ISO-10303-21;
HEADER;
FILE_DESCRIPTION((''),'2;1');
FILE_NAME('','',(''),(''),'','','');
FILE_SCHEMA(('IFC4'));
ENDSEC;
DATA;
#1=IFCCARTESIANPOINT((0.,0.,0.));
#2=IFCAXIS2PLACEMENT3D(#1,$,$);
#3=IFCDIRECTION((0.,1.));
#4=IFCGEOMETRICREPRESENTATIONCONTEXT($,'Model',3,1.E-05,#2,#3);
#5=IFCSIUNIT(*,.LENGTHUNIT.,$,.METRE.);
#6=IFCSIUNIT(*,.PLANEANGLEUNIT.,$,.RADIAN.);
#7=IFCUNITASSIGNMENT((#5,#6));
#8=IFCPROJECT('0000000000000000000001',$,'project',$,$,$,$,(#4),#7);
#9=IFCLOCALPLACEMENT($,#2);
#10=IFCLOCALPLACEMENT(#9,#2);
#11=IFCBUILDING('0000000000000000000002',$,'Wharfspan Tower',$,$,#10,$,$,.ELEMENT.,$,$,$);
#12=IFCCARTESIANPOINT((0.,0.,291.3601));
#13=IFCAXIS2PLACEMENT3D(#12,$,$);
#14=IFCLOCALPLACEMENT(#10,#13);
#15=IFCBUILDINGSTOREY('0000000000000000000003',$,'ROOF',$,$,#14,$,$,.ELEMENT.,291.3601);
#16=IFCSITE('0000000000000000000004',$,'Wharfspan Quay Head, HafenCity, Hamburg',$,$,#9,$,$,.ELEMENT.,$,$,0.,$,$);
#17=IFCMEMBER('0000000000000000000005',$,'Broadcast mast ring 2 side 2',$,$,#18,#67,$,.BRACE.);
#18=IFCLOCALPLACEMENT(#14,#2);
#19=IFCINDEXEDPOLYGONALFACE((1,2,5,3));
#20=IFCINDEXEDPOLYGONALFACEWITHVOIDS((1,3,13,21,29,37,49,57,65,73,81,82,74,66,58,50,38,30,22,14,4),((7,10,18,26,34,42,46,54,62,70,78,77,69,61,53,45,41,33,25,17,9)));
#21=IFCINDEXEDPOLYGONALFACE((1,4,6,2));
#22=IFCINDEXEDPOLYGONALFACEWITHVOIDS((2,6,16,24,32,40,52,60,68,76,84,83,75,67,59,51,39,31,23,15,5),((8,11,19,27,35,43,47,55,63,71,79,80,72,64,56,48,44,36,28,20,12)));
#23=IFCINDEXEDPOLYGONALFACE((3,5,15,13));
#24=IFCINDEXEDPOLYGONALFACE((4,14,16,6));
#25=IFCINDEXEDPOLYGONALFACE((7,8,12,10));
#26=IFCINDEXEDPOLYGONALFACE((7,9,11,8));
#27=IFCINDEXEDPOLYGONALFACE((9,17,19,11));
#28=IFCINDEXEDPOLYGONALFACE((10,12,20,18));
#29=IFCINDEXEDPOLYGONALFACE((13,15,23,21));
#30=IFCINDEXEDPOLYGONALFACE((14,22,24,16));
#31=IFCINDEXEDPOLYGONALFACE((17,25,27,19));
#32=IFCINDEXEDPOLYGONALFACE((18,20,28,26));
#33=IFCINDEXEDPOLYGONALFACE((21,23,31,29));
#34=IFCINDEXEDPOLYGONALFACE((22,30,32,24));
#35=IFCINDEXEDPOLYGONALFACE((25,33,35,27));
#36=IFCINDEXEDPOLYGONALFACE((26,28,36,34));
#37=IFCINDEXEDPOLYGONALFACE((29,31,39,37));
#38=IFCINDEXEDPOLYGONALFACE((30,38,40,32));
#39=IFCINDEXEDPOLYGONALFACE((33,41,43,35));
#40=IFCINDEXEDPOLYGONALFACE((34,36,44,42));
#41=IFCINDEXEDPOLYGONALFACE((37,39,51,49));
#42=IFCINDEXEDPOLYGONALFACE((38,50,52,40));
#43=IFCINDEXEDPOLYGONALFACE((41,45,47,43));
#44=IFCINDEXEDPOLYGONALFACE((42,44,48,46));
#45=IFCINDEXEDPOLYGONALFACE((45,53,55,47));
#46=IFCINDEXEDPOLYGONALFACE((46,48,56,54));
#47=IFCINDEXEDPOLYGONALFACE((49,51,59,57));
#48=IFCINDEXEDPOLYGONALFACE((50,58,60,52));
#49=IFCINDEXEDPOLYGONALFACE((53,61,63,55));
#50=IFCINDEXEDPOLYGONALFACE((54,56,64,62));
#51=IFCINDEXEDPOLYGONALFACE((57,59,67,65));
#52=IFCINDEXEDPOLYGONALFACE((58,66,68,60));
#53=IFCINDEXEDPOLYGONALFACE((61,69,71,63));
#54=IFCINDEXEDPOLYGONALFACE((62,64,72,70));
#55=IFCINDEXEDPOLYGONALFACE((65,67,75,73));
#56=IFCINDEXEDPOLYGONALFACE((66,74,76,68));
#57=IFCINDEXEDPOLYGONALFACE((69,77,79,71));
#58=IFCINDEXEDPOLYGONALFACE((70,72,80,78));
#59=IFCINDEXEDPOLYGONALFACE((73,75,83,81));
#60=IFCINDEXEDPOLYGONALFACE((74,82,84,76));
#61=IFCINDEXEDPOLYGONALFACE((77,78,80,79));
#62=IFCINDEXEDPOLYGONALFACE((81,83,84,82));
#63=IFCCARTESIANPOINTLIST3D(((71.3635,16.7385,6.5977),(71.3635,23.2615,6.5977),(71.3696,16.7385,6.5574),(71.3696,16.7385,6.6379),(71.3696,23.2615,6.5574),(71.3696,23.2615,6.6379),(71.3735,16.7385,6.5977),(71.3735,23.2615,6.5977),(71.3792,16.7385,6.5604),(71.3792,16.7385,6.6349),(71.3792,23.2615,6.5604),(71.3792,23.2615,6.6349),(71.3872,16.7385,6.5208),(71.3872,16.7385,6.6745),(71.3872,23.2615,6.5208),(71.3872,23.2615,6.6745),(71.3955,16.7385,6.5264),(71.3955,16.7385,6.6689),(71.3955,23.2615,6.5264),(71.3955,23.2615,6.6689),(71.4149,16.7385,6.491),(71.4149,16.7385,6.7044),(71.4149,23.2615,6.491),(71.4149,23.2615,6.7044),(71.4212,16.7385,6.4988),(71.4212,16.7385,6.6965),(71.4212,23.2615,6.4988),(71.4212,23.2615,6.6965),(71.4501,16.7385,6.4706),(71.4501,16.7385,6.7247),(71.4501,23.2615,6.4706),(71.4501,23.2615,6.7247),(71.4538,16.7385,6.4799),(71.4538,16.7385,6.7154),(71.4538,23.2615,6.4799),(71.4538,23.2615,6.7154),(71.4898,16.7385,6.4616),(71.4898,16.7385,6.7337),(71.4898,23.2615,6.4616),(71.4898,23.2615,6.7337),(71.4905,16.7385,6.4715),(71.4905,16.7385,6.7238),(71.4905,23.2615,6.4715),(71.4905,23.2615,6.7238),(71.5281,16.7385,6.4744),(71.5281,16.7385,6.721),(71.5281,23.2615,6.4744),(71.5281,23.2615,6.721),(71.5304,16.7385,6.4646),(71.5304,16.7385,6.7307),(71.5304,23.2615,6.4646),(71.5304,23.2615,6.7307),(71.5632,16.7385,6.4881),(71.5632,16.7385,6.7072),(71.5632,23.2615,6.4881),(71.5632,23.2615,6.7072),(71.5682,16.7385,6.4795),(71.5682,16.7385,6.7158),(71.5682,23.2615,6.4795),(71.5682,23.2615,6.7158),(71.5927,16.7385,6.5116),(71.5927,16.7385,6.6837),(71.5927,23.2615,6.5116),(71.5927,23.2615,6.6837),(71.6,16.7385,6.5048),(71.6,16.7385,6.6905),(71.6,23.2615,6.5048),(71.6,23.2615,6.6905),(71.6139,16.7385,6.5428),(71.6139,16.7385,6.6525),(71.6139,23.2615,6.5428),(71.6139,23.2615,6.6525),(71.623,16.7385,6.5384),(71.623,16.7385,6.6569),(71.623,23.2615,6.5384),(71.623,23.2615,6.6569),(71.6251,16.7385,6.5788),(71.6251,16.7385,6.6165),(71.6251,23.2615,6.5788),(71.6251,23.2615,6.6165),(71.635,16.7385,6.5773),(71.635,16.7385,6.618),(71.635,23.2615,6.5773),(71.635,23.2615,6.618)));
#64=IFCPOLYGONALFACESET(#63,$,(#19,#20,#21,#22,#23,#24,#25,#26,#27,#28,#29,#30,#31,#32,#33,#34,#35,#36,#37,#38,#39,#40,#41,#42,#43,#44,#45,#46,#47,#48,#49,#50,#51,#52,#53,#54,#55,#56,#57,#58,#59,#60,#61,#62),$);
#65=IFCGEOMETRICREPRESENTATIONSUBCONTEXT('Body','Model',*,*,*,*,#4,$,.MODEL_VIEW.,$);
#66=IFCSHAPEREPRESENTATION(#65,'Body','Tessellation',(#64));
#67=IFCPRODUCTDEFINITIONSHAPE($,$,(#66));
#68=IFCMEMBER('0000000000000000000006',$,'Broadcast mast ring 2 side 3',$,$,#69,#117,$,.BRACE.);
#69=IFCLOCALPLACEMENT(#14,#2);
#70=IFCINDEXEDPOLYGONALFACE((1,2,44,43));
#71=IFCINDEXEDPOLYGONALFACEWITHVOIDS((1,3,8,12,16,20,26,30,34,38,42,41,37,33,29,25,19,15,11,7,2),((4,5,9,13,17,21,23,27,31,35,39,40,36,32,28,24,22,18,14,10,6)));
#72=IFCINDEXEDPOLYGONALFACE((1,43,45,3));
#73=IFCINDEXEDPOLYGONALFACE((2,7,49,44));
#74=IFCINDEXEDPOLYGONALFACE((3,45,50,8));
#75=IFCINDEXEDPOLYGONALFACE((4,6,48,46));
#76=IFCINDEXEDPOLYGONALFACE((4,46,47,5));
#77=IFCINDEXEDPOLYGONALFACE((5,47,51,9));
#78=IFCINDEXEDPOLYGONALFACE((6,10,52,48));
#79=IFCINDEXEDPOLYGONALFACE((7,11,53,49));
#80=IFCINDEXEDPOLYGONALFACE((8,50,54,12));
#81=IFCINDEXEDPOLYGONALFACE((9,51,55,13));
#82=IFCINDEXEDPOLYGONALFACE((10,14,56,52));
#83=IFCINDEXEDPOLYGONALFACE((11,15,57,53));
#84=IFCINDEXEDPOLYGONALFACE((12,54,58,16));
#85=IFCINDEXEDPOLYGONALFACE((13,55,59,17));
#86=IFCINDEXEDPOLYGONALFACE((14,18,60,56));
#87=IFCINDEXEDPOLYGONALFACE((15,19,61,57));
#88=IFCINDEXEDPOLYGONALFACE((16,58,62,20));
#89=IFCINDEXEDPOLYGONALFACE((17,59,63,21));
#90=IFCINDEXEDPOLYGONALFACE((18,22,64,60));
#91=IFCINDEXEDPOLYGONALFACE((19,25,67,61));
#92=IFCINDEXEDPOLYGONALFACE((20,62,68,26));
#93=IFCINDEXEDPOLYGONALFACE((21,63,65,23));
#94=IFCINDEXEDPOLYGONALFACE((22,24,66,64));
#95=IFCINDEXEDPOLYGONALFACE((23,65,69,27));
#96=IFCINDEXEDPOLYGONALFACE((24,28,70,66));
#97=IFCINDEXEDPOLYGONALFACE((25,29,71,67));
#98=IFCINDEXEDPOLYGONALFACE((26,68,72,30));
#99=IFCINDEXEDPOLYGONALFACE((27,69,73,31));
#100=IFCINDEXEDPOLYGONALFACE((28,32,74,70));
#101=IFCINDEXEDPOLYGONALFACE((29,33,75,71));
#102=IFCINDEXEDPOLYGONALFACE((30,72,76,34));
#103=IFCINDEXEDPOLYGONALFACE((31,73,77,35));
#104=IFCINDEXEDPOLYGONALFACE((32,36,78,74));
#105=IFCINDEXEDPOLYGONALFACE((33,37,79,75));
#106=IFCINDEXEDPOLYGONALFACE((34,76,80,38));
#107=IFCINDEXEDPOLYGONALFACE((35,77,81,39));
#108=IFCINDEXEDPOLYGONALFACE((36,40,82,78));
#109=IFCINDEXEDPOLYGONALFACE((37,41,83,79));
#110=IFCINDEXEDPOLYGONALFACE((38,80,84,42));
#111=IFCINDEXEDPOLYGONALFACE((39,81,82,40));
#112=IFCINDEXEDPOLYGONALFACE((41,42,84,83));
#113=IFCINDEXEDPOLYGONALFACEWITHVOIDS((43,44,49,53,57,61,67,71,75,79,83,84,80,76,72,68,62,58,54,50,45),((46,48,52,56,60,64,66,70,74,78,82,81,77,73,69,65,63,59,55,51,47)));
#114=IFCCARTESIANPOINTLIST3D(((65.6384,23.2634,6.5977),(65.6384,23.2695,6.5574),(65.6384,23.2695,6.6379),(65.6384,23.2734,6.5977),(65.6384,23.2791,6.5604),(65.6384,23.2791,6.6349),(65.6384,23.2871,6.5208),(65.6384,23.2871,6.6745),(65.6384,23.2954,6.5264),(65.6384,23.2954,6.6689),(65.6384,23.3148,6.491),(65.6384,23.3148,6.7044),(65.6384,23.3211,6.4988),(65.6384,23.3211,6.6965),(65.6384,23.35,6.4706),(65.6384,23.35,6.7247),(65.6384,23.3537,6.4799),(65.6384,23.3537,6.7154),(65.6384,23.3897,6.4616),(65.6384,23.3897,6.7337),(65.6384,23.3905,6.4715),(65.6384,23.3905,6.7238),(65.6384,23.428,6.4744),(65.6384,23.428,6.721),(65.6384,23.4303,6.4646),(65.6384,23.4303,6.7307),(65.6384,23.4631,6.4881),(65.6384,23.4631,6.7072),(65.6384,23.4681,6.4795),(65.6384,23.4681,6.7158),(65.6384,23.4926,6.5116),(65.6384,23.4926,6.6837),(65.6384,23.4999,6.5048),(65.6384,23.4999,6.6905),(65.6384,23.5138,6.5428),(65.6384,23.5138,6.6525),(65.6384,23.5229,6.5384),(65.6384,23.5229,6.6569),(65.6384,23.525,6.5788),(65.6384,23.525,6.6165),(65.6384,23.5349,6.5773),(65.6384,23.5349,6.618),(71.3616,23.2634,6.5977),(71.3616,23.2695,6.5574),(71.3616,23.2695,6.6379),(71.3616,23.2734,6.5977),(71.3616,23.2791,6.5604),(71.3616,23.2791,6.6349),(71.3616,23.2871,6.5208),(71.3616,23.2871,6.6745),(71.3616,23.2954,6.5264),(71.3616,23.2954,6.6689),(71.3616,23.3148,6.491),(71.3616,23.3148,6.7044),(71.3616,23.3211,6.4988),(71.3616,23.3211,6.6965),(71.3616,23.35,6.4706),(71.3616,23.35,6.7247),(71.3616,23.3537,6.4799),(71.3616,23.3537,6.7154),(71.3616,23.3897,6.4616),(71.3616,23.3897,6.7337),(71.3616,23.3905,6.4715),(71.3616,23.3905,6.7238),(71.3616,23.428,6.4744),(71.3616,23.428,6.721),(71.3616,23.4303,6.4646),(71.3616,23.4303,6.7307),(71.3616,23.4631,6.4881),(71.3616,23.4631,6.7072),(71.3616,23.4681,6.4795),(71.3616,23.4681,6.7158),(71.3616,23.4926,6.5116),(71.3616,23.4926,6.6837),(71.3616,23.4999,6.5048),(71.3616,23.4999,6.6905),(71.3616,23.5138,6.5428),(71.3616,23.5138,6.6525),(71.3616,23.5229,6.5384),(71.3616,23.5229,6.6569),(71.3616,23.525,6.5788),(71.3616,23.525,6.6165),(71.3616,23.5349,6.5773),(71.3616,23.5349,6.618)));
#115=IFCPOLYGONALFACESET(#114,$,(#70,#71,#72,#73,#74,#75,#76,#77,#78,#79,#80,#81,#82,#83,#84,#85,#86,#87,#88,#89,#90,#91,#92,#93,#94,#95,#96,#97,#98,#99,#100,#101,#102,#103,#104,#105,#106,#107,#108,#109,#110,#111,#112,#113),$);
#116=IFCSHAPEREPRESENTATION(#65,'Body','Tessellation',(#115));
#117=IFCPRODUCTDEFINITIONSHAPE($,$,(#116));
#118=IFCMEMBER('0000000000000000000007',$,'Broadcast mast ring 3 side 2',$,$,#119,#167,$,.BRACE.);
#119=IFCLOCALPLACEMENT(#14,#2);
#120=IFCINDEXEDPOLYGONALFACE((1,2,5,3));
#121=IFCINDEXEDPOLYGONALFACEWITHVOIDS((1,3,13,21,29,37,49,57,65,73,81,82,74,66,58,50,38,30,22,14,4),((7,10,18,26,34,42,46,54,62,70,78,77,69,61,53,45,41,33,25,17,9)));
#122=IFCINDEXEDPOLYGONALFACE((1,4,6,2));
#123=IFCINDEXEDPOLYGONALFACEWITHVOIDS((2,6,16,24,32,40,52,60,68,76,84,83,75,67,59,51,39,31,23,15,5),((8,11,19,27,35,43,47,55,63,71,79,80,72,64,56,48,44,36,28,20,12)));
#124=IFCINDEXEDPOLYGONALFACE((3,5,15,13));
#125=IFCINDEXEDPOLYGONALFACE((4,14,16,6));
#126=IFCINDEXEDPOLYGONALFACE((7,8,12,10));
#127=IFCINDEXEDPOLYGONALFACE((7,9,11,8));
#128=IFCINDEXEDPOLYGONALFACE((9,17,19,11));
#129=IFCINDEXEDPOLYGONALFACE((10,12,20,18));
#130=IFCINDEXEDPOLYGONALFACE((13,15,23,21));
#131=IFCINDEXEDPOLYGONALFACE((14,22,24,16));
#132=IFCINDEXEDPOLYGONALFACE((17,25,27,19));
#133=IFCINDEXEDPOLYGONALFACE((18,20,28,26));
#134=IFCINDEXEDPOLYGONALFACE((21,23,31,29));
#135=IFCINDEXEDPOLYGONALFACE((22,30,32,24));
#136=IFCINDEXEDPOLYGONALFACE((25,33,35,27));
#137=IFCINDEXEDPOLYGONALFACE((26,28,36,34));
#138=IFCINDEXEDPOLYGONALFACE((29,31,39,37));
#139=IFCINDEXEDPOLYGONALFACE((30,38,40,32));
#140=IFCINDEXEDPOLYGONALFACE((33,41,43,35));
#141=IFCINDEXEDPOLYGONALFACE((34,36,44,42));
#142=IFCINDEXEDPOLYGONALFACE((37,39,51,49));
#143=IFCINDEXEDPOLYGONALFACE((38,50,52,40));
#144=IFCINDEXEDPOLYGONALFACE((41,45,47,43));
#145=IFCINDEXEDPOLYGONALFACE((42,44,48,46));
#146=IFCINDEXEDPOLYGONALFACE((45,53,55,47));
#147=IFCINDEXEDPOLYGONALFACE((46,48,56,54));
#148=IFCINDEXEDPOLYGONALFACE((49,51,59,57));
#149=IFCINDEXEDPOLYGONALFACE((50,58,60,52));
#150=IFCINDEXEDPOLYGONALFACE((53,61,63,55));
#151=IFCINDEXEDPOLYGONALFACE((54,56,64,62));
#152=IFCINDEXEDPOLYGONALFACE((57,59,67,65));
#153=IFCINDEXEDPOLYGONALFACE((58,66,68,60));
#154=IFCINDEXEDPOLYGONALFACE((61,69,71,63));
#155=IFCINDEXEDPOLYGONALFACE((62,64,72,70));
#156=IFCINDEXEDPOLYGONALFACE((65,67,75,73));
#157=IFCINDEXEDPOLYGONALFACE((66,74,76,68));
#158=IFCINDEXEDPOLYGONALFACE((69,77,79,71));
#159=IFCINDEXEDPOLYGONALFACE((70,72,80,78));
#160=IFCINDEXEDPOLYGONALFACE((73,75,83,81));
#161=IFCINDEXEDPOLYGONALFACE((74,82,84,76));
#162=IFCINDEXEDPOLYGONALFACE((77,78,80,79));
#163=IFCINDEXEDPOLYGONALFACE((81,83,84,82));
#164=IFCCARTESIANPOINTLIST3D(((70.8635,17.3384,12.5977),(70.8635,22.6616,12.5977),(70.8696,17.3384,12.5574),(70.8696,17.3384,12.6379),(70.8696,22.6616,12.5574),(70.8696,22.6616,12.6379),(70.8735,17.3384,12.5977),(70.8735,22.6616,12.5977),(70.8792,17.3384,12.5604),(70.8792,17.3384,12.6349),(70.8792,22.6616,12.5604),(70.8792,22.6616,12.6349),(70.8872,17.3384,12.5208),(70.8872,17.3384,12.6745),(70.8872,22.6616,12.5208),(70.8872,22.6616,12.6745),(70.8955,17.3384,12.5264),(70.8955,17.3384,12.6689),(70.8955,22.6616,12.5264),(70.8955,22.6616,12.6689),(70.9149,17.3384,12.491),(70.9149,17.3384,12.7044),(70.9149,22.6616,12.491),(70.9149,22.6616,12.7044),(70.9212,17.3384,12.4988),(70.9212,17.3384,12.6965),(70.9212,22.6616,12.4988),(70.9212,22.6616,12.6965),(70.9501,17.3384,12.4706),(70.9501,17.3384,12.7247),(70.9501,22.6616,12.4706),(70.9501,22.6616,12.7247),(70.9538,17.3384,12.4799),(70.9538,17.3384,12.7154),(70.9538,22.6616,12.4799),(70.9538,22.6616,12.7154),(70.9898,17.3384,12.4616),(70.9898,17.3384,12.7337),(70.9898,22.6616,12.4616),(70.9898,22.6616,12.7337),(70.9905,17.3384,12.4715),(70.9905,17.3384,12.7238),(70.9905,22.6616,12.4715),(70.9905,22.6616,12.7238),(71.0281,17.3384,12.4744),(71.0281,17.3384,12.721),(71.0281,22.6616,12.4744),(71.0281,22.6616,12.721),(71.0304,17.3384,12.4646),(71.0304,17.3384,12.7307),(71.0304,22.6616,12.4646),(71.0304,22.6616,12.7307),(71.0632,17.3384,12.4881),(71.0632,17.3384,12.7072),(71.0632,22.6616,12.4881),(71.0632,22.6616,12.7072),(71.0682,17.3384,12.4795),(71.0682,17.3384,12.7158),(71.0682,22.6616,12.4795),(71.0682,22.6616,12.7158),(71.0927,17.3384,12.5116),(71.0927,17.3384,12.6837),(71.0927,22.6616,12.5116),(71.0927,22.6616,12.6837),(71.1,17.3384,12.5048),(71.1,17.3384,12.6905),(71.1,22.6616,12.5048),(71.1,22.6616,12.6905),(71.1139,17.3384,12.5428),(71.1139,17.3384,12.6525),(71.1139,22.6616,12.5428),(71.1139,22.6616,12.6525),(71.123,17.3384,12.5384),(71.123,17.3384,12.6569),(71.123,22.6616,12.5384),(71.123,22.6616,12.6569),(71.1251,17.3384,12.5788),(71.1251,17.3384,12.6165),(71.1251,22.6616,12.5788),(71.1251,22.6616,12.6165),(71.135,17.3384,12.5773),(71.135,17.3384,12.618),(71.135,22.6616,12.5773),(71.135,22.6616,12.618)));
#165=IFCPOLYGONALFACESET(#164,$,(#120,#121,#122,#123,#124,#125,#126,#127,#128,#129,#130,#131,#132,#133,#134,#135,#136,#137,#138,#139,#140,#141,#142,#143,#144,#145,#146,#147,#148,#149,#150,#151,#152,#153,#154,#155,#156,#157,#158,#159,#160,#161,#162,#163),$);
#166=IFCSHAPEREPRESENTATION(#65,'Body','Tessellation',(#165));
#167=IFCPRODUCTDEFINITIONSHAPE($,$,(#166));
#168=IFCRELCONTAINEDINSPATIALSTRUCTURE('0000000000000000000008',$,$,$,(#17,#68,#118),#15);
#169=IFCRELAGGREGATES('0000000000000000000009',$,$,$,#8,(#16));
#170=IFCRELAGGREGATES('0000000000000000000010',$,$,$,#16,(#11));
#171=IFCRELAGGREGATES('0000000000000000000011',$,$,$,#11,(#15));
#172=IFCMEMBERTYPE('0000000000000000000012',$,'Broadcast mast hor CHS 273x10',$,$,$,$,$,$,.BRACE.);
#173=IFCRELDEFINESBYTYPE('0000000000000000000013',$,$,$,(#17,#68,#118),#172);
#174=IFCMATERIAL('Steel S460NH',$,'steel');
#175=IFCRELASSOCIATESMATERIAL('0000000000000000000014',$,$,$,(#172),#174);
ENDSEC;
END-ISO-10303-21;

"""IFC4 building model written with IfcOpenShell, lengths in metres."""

from ifc_helpers import new_model, si_unit, direction, frame, origin, origin_2d, place, context, subcontext, project, spatial, hollow_circle, extrude, material, material_profile, profile_set, type_object, element, save


model = new_model("IFC4")

# Units and contexts
model_context = context("Model", 3, precision=1e-05, world=origin(), true_north=direction((0.0, 1.0)))
body_context = subcontext(model_context, "Body", "Model", "MODEL_VIEW")
ifc_project = project(units=[si_unit("LENGTHUNIT", "METRE"), si_unit("PLANEANGLEUNIT", "RADIAN")], contexts=[model_context])

# Site, building, storey
site_placement = place(None, origin())
site = spatial("IfcSite", under=ifc_project, at=site_placement, Name="Wharfspan Quay Head, HafenCity, Hamburg", CompositionType="ELEMENT", RefElevation=0.0)
building_placement = place(site_placement, origin())
building = spatial("IfcBuilding", under=site, at=building_placement, Name="Wharfspan Tower", CompositionType="ELEMENT")
storey_placement = place(building_placement, frame((0.0, 0.0, 291.3601)))
storey = spatial("IfcBuildingStorey", under=building, at=storey_placement, Name="ROOF", CompositionType="ELEMENT", Elevation=291.3601)

# Members
ifc_material_1 = material(Name="Steel S460NH", Category="steel")
ifc_material_profile_1 = material_profile(ifc_material_1, hollow_circle(Radius=0.1365, WallThickness=0.01, at=origin_2d()))
ifc_profile_set_1 = profile_set([ifc_material_profile_1], Name="Steel S460NH")
member_type_1 = type_object("IfcMemberType", Name="Broadcast mast hor CHS 273x10", PredefinedType="BRACE", material=ifc_profile_set_1)
member_1_placement = place(storey_placement, frame((71.5, 16.7385, 6.5977), z_axis=(0.0, 1.0, 0.0), x_axis=(-1.0, 0.0, 0.0)))
element("IfcMember", 1, at=member_1_placement, inside=storey, type_object=member_type_1, Name="Broadcast mast ring 2 side 2", PredefinedType="BRACE", context=body_context, shape_type="SweptSolid", body=[
    extrude(hollow_circle(Radius=0.1365, WallThickness=0.01, at=origin_2d()), origin(), (0.0, 0.0, 1.0), 6.5229),
])
member_2_placement = place(storey_placement, frame((71.3616, 23.3999, 6.5977), z_axis=(-1.0, 0.0, 0.0), x_axis=(0.0, -1.0, 0.0)))
element("IfcMember", 2, at=member_2_placement, inside=storey, type_object=member_type_1, Name="Broadcast mast ring 2 side 3", PredefinedType="BRACE", context=body_context, shape_type="SweptSolid", body=[
    extrude(hollow_circle(Radius=0.1365, WallThickness=0.01, at=origin_2d()), origin(), (0.0, 0.0, 1.0), 5.7231),
])
member_3_placement = place(storey_placement, frame((71.0, 17.3384, 12.5977), z_axis=(0.0, 1.0, 0.0), x_axis=(-1.0, 0.0, 0.0)))
element("IfcMember", 3, at=member_3_placement, inside=storey, type_object=member_type_1, Name="Broadcast mast ring 3 side 2", PredefinedType="BRACE", context=body_context, shape_type="SweptSolid", body=[
    extrude(hollow_circle(Radius=0.1365, WallThickness=0.01, at=origin_2d()), origin(), (0.0, 0.0, 1.0), 5.3232),
])

save(model, "model.ifc")
